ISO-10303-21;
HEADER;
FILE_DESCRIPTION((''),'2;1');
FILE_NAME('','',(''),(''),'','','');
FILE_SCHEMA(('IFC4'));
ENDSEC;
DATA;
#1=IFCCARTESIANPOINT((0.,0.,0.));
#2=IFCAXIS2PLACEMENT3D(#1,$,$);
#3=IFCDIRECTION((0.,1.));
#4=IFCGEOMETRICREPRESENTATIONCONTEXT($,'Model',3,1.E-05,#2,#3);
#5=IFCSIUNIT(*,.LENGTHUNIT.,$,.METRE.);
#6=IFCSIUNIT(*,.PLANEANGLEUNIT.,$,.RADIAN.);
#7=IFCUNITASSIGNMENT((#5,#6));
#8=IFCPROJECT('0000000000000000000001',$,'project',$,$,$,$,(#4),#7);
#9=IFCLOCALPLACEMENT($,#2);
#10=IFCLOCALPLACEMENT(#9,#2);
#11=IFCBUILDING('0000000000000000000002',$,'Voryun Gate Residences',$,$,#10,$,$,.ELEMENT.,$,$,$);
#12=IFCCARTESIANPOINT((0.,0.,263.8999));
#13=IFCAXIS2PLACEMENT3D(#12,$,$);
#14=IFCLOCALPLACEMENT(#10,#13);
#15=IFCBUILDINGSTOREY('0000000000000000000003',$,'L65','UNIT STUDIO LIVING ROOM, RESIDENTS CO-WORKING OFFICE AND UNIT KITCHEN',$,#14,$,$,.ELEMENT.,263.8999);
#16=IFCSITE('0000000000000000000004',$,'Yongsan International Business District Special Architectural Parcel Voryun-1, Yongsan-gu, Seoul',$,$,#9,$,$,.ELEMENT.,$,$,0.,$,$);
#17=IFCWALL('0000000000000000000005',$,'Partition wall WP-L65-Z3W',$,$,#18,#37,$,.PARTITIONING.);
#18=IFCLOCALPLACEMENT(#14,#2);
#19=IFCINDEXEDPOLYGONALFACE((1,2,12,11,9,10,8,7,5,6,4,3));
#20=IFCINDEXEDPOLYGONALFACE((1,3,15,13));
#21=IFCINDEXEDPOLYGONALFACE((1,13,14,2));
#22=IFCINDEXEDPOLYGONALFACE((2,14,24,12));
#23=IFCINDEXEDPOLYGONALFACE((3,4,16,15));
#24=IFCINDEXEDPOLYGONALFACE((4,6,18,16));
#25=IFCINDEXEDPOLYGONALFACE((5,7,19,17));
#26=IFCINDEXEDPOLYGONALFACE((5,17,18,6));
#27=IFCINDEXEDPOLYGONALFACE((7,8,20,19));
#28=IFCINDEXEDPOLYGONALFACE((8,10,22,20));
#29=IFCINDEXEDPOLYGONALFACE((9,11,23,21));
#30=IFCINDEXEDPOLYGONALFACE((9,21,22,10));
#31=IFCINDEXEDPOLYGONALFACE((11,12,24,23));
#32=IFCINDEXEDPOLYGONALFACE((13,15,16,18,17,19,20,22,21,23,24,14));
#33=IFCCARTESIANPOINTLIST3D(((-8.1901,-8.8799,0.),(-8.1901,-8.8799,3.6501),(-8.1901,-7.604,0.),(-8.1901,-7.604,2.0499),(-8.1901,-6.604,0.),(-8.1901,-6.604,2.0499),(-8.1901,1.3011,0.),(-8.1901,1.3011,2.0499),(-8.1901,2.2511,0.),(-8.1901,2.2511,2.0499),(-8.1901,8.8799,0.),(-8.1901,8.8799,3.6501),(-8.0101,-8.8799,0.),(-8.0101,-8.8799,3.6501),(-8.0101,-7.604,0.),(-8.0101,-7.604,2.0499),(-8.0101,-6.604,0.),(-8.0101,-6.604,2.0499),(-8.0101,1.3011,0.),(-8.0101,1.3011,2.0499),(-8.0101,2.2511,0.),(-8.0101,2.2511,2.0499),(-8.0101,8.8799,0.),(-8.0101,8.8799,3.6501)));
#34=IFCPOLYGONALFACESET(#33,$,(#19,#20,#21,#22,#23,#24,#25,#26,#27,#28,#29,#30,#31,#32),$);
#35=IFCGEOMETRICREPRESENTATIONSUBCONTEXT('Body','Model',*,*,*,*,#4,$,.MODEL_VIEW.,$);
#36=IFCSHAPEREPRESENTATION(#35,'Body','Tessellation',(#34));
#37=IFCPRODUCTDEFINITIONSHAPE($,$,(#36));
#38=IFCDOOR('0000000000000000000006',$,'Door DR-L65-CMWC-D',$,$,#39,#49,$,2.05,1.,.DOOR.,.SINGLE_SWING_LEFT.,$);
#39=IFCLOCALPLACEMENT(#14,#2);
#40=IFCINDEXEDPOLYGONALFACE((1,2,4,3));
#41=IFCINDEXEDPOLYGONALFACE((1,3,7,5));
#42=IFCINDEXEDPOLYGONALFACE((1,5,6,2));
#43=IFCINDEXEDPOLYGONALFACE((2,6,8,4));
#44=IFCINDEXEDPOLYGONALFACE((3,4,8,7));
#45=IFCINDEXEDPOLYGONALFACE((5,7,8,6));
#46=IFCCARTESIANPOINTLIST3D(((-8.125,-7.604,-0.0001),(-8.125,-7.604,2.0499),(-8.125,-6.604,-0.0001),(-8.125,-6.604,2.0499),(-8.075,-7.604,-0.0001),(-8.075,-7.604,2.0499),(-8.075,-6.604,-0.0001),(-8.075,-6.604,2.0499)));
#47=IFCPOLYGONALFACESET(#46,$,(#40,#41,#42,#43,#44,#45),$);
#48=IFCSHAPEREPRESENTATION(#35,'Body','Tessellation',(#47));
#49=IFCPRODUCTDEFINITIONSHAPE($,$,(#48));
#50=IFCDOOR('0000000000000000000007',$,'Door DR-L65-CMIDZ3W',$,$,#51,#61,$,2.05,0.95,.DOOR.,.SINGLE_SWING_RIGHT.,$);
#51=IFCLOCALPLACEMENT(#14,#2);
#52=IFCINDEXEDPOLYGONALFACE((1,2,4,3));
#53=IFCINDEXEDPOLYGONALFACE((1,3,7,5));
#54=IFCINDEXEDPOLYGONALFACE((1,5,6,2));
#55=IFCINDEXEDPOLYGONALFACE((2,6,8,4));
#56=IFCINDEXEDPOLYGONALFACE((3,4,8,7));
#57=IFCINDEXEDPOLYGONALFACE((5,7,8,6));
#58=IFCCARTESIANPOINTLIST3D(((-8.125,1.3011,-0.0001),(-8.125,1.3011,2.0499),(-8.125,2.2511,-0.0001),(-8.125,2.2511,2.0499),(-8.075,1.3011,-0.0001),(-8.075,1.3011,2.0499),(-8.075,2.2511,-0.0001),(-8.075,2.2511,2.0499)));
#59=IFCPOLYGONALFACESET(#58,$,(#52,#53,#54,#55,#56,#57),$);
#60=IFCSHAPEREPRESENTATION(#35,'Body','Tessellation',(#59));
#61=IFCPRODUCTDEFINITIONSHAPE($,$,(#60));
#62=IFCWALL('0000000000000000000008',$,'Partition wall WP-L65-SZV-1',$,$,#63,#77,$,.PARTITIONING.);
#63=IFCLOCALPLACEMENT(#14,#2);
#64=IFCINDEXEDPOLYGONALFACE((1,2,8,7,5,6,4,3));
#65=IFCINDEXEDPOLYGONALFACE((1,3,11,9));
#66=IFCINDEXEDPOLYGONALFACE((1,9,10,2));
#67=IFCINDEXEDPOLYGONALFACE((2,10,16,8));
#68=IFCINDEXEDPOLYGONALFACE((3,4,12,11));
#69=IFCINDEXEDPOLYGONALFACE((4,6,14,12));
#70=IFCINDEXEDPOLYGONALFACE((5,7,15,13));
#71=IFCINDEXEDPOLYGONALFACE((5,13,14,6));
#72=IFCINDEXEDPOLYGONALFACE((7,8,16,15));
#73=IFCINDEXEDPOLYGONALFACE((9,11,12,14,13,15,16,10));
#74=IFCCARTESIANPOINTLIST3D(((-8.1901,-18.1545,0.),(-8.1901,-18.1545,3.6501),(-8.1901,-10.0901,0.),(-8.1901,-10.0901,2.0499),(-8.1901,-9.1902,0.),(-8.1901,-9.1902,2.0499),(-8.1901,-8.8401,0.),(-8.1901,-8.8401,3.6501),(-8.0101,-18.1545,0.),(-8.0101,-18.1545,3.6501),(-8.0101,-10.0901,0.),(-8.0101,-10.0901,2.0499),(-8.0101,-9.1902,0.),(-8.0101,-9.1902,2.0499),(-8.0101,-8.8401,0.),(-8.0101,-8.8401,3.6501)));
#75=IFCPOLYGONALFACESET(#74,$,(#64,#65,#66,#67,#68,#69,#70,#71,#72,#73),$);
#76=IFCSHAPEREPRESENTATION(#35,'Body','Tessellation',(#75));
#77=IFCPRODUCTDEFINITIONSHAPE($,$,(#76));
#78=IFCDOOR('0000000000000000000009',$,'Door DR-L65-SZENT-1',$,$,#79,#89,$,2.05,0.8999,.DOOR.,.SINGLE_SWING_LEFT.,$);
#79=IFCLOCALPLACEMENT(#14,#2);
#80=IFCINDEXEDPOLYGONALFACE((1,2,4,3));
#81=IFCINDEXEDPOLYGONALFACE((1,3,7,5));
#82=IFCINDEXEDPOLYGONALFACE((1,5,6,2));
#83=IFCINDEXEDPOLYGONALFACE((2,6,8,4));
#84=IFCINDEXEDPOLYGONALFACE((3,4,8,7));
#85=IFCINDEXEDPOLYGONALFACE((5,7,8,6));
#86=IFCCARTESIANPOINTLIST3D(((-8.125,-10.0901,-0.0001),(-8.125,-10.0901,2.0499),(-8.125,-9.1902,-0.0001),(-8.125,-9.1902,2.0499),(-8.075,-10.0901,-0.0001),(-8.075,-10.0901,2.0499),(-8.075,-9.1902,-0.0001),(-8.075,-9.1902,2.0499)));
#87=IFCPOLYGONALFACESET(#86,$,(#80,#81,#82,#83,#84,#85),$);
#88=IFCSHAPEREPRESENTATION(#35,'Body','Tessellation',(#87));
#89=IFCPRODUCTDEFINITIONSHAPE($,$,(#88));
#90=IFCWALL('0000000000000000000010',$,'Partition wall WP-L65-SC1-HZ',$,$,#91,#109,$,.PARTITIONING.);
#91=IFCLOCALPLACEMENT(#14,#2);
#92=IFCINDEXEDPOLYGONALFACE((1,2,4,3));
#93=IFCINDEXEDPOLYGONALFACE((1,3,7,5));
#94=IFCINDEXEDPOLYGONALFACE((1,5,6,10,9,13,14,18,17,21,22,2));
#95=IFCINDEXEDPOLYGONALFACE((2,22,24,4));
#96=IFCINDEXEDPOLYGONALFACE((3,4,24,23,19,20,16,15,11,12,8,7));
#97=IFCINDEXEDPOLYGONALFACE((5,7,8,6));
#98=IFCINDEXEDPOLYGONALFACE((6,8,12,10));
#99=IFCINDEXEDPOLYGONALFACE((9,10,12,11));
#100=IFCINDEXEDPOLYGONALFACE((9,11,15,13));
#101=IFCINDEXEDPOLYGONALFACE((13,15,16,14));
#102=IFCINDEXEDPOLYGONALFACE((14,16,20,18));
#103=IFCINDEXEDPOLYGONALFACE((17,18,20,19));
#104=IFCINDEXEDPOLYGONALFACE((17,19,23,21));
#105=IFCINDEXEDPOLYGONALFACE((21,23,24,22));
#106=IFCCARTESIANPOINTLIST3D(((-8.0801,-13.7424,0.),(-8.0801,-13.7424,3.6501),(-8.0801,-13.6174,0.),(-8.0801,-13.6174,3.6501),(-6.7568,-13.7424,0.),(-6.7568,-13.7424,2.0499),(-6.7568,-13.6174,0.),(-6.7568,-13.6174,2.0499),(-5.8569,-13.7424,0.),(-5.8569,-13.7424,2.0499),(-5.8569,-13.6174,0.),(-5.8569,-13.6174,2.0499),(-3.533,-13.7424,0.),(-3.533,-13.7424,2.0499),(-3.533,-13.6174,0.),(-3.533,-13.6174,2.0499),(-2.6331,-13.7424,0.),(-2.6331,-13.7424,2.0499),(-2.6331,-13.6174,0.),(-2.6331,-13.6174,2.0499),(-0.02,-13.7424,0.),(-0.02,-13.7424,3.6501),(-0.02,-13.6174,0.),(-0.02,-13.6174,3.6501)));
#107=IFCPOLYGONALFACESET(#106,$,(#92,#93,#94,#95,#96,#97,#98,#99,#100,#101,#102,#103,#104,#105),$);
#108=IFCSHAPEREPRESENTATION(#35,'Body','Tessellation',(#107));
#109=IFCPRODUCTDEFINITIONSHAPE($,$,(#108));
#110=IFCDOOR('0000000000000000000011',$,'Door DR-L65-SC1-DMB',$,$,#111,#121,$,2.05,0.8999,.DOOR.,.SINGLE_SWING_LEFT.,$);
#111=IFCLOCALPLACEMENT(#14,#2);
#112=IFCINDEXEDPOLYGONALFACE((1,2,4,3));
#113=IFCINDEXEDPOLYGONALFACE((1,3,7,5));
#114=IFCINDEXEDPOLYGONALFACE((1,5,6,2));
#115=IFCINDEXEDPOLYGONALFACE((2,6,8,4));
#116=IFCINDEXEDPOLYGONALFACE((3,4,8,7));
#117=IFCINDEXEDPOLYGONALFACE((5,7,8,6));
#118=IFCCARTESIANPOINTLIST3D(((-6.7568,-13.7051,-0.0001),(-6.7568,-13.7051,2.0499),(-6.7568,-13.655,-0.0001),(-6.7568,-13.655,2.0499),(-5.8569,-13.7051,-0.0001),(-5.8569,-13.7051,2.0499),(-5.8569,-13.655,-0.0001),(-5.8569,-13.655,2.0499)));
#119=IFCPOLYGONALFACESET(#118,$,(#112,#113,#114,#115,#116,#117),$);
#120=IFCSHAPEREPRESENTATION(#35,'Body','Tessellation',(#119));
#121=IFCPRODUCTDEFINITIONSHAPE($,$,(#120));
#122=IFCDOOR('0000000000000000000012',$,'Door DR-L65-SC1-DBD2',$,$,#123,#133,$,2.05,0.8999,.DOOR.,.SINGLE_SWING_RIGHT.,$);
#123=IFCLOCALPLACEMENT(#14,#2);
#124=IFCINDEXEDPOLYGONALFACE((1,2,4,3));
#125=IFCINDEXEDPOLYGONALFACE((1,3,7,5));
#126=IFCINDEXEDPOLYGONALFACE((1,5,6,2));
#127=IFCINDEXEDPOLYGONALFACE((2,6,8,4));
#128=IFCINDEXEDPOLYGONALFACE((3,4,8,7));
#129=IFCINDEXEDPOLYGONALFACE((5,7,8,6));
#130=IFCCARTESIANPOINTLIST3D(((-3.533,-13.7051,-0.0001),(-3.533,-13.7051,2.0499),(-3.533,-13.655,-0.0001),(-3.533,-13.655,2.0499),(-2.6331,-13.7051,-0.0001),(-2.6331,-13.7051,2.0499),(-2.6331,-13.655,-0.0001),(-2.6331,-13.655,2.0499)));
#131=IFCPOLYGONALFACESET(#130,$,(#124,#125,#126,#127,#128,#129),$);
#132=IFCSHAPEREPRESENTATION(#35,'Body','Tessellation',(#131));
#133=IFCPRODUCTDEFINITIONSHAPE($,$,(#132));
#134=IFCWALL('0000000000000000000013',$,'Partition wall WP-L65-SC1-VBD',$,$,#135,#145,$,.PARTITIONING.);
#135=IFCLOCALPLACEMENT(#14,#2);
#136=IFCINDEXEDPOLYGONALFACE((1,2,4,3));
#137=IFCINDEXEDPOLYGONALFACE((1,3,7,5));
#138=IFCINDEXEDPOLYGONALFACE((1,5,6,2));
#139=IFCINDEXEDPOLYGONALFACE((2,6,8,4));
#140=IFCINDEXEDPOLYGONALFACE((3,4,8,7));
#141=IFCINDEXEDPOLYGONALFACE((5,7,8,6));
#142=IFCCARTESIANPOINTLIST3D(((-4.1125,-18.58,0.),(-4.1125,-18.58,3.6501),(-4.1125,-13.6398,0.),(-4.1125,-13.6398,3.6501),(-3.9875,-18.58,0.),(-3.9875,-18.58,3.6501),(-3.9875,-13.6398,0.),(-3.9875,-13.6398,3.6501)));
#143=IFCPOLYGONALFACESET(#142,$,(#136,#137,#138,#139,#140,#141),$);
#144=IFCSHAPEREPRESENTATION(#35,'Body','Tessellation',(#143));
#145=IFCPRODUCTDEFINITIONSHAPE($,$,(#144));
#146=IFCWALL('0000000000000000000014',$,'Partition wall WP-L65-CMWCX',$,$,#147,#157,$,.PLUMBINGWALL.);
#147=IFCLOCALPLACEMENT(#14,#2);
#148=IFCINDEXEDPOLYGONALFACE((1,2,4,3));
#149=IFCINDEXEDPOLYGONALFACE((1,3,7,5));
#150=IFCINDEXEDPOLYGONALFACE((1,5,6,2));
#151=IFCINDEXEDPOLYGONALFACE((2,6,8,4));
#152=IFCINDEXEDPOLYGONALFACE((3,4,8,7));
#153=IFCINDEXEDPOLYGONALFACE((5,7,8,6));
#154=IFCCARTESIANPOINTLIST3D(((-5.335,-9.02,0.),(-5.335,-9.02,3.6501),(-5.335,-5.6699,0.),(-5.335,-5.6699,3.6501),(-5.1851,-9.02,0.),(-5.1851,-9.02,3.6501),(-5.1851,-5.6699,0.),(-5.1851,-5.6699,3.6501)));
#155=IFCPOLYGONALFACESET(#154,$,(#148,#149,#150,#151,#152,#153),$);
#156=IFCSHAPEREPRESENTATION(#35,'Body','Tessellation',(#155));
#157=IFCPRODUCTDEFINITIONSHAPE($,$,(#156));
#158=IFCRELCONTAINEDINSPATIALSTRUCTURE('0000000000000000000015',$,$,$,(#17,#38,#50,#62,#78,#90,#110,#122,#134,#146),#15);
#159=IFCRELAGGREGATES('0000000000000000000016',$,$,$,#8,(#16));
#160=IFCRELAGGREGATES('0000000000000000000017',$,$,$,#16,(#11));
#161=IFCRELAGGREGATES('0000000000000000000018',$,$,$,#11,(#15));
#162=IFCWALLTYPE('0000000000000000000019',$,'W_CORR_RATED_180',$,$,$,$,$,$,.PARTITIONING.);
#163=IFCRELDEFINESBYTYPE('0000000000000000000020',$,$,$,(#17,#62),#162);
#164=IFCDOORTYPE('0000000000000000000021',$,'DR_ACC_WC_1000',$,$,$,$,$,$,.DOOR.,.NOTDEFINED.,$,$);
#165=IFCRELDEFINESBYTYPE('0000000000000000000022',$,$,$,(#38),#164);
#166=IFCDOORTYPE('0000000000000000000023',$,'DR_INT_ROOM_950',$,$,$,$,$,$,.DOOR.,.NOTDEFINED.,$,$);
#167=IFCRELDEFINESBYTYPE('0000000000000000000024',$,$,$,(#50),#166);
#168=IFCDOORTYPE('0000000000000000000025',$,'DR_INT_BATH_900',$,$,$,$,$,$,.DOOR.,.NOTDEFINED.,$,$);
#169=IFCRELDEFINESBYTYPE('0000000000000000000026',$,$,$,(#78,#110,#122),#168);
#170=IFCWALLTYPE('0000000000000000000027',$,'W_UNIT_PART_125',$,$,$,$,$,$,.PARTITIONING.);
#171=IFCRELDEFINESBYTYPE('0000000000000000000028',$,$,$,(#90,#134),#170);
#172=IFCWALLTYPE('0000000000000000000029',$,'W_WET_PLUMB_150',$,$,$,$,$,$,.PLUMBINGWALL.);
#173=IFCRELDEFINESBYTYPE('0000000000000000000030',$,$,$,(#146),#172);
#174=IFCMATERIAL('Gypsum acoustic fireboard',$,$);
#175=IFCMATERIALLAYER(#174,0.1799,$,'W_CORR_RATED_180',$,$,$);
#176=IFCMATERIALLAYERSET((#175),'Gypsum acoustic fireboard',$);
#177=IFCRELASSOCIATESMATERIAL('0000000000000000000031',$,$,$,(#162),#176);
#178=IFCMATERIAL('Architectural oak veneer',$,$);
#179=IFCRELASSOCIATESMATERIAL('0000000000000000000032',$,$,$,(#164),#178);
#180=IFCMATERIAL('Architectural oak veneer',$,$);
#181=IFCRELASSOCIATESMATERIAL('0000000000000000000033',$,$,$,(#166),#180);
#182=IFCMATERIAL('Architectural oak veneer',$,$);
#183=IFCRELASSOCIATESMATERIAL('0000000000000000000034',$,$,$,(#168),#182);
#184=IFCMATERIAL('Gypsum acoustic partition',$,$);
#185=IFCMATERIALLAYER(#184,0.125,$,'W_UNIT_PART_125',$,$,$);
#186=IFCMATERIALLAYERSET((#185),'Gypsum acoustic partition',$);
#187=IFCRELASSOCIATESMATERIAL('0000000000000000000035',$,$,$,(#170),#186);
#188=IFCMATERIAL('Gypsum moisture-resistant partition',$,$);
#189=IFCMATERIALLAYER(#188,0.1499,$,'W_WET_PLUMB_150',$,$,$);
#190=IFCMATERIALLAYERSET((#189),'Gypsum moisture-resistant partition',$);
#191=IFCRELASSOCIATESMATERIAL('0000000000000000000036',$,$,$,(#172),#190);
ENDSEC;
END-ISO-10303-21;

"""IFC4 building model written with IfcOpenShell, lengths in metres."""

from ifc_helpers import new_model, si_unit, direction, frame, frame_2d, origin, place, context, subcontext, project, spatial, rectangle, extrude, material, layer, layer_set, type_object, element, fill, save


model = new_model("IFC4")

# Units and contexts
model_context = context("Model", 3, precision=1e-05, world=origin(), true_north=direction((0.0, 1.0)))
body_context = subcontext(model_context, "Body", "Model", "MODEL_VIEW")
ifc_project = project(units=[si_unit("LENGTHUNIT", "METRE"), si_unit("PLANEANGLEUNIT", "RADIAN")], contexts=[model_context])

# Site, building, storey
site_placement = place(None, origin())
site = spatial("IfcSite", under=ifc_project, at=site_placement, Name="Yongsan International Business District Special Architectural Parcel Voryun-1, Yongsan-gu, Seoul", CompositionType="ELEMENT", RefElevation=0.0)
building_placement = place(site_placement, origin())
building = spatial("IfcBuilding", under=site, at=building_placement, Name="Voryun Gate Residences", CompositionType="ELEMENT")
storey_placement = place(building_placement, frame((0.0, 0.0, 263.8999)))
storey = spatial("IfcBuildingStorey", under=building, at=storey_placement, Name="L65", Description="UNIT STUDIO LIVING ROOM, RESIDENTS CO-WORKING OFFICE AND UNIT KITCHEN", CompositionType="ELEMENT", Elevation=263.8999)

# Shared definitions
ifc_material_1 = material(Name="Gypsum acoustic fireboard")
ifc_layer_1 = layer(ifc_material_1, 0.1799, Name="W_CORR_RATED_180")
ifc_layer_set_1 = layer_set([ifc_layer_1], Name="Gypsum acoustic fireboard")
wall_type_1 = type_object("IfcWallType", Name="W_CORR_RATED_180", PredefinedType="PARTITIONING", material=ifc_layer_set_1)

# Wall, openings, doors
wall_1_placement = place(storey_placement, frame((-8.1001, -8.8799, 0.0), z_axis=(0.0, 0.0, 1.0), x_axis=(0.0, 1.0, 0.0)))
wall_1 = element("IfcWall", 1, at=wall_1_placement, inside=storey, type_object=wall_type_1, Name="Partition wall WP-L65-Z3W", PredefinedType="PARTITIONING", context=body_context, shape_type="SweptSolid", body=[
    extrude(rectangle(XDim=17.7598, YDim=0.1799, at=frame_2d((8.8799, 0.0))), origin(), (0.0, 0.0, 1.0), 3.6501),
])
opening_1_placement = place(wall_1_placement, frame((1.2759, 0.0, 0.0)))
opening_1 = element("IfcOpeningElement", 2, at=opening_1_placement, cuts=wall_1, PredefinedType="OPENING", context=body_context, shape_type="SweptSolid", body=[
    extrude(rectangle(XDim=1.0, YDim=2.05, at=frame_2d((0.5, 1.0249))), frame((0.0, 0.0999, 0.0), z_axis=(0.0, -1.0, 0.0), x_axis=(1.0, 0.0, 0.0)), (0.0, 0.0, 1.0), 0.2),
])
opening_2_placement = place(wall_1_placement, frame((10.1809, 0.0, 0.0)))
opening_2 = element("IfcOpeningElement", 3, at=opening_2_placement, cuts=wall_1, PredefinedType="OPENING", context=body_context, shape_type="SweptSolid", body=[
    extrude(rectangle(XDim=0.95, YDim=2.05, at=frame_2d((0.4751, 1.0249))), frame((0.0, 0.0999, 0.0), z_axis=(0.0, -1.0, 0.0), x_axis=(1.0, 0.0, 0.0)), (0.0, 0.0, 1.0), 0.2),
])
ifc_material_2 = material(Name="Architectural oak veneer")
door_type_1 = type_object("IfcDoorType", Name="DR_ACC_WC_1000", OperationType="NOTDEFINED", PredefinedType="DOOR", material=ifc_material_2)
door_1_placement = place(opening_1_placement, origin())
door_1 = element("IfcDoor", 4, at=door_1_placement, inside=storey, type_object=door_type_1, Name="Door DR-L65-CMWC-D", OperationType="SINGLE_SWING_LEFT", OverallHeight=2.05, OverallWidth=1.0, PredefinedType="DOOR", context=body_context, shape_type="SweptSolid", body=[
    extrude(rectangle(XDim=1.0, YDim=2.05, at=frame_2d((0.5, 1.0249))), frame((0.0, 0.0249, 0.0), z_axis=(0.0, -1.0, 0.0), x_axis=(1.0, 0.0, 0.0)), (0.0, 0.0, 1.0), 0.05),
])
fill(opening_1, door_1)
ifc_material_3 = material(Name="Architectural oak veneer")
door_type_2 = type_object("IfcDoorType", Name="DR_INT_ROOM_950", OperationType="NOTDEFINED", PredefinedType="DOOR", material=ifc_material_3)
door_2_placement = place(opening_2_placement, origin())
door_2 = element("IfcDoor", 5, at=door_2_placement, inside=storey, type_object=door_type_2, Name="Door DR-L65-CMIDZ3W", OperationType="SINGLE_SWING_RIGHT", OverallHeight=2.05, OverallWidth=0.95, PredefinedType="DOOR", context=body_context, shape_type="SweptSolid", body=[
    extrude(rectangle(XDim=0.95, YDim=2.05, at=frame_2d((0.4751, 1.0249))), frame((0.0, 0.0249, 0.0), z_axis=(0.0, -1.0, 0.0), x_axis=(1.0, 0.0, 0.0)), (0.0, 0.0, 1.0), 0.05),
])
fill(opening_2, door_2)

# Wall, opening, door
wall_2_placement = place(storey_placement, frame((-8.1001, -18.1545, 0.0), z_axis=(0.0, 0.0, 1.0), x_axis=(0.0, 1.0, 0.0)))
wall_2 = element("IfcWall", 6, at=wall_2_placement, inside=storey, type_object=wall_type_1, Name="Partition wall WP-L65-SZV-1", PredefinedType="PARTITIONING", context=body_context, shape_type="SweptSolid", body=[
    extrude(rectangle(XDim=9.3145, YDim=0.1799, at=frame_2d((4.6572, 0.0))), origin(), (0.0, 0.0, 1.0), 3.6501),
])
opening_3_placement = place(wall_2_placement, frame((8.0645, 0.0, 0.0)))
opening_3 = element("IfcOpeningElement", 7, at=opening_3_placement, cuts=wall_2, PredefinedType="OPENING", context=body_context, shape_type="SweptSolid", body=[
    extrude(rectangle(XDim=0.8999, YDim=2.05, at=frame_2d((0.45, 1.0249))), frame((0.0, 0.0999, 0.0), z_axis=(0.0, -1.0, 0.0), x_axis=(1.0, 0.0, 0.0)), (0.0, 0.0, 1.0), 0.2),
])
ifc_material_4 = material(Name="Architectural oak veneer")
door_type_3 = type_object("IfcDoorType", Name="DR_INT_BATH_900", OperationType="NOTDEFINED", PredefinedType="DOOR", material=ifc_material_4)
door_3_placement = place(opening_3_placement, origin())
door_3 = element("IfcDoor", 8, at=door_3_placement, inside=storey, type_object=door_type_3, Name="Door DR-L65-SZENT-1", OperationType="SINGLE_SWING_LEFT", OverallHeight=2.05, OverallWidth=0.8999, PredefinedType="DOOR", context=body_context, shape_type="SweptSolid", body=[
    extrude(rectangle(XDim=0.8999, YDim=2.05, at=frame_2d((0.45, 1.0249))), frame((0.0, 0.0249, 0.0), z_axis=(0.0, -1.0, 0.0), x_axis=(1.0, 0.0, 0.0)), (0.0, 0.0, 1.0), 0.05),
])
fill(opening_3, door_3)

# Wall, openings, doors
ifc_material_5 = material(Name="Gypsum acoustic partition")
ifc_layer_2 = layer(ifc_material_5, 0.125, Name="W_UNIT_PART_125")
ifc_layer_set_2 = layer_set([ifc_layer_2], Name="Gypsum acoustic partition")
wall_type_2 = type_object("IfcWallType", Name="W_UNIT_PART_125", PredefinedType="PARTITIONING", material=ifc_layer_set_2)
wall_3_placement = place(storey_placement, frame((-8.0801, -13.6799, 0.0), z_axis=(0.0, 0.0, 1.0), x_axis=(1.0, 0.0, 0.0)))
wall_3 = element("IfcWall", 9, at=wall_3_placement, inside=storey, type_object=wall_type_2, Name="Partition wall WP-L65-SC1-HZ", PredefinedType="PARTITIONING", context=body_context, shape_type="SweptSolid", body=[
    extrude(rectangle(XDim=8.0601, YDim=0.125, at=frame_2d((4.03, 0.0))), origin(), (0.0, 0.0, 1.0), 3.6501),
])
opening_4_placement = place(wall_3_placement, frame((1.3232, 0.0, 0.0)))
opening_4 = element("IfcOpeningElement", 10, at=opening_4_placement, cuts=wall_3, PredefinedType="OPENING", context=body_context, shape_type="SweptSolid", body=[
    extrude(rectangle(XDim=0.8999, YDim=2.05, at=frame_2d((0.45, 1.0249))), frame((0.0, 0.0725, 0.0), z_axis=(0.0, -1.0, 0.0), x_axis=(1.0, 0.0, 0.0)), (0.0, 0.0, 1.0), 0.145),
])
opening_5_placement = place(wall_3_placement, frame((4.5471, 0.0, 0.0)))
opening_5 = element("IfcOpeningElement", 11, at=opening_5_placement, cuts=wall_3, PredefinedType="OPENING", context=body_context, shape_type="SweptSolid", body=[
    extrude(rectangle(XDim=0.8999, YDim=2.05, at=frame_2d((0.45, 1.0249))), frame((0.0, 0.0725, 0.0), z_axis=(0.0, -1.0, 0.0), x_axis=(1.0, 0.0, 0.0)), (0.0, 0.0, 1.0), 0.145),
])
door_4_placement = place(opening_4_placement, origin())
door_4 = element("IfcDoor", 12, at=door_4_placement, inside=storey, type_object=door_type_3, Name="Door DR-L65-SC1-DMB", OperationType="SINGLE_SWING_LEFT", OverallHeight=2.05, OverallWidth=0.8999, PredefinedType="DOOR", context=body_context, shape_type="SweptSolid", body=[
    extrude(rectangle(XDim=0.8999, YDim=2.05, at=frame_2d((0.45, 1.0249))), frame((0.0, 0.0249, 0.0), z_axis=(0.0, -1.0, 0.0), x_axis=(1.0, 0.0, 0.0)), (0.0, 0.0, 1.0), 0.05),
])
fill(opening_4, door_4)
door_5_placement = place(opening_5_placement, origin())
door_5 = element("IfcDoor", 13, at=door_5_placement, inside=storey, type_object=door_type_3, Name="Door DR-L65-SC1-DBD2", OperationType="SINGLE_SWING_RIGHT", OverallHeight=2.05, OverallWidth=0.8999, PredefinedType="DOOR", context=body_context, shape_type="SweptSolid", body=[
    extrude(rectangle(XDim=0.8999, YDim=2.05, at=frame_2d((0.45, 1.0249))), frame((0.0, 0.0249, 0.0), z_axis=(0.0, -1.0, 0.0), x_axis=(1.0, 0.0, 0.0)), (0.0, 0.0, 1.0), 0.05),
])
fill(opening_5, door_5)

# Walls
wall_4_placement = place(storey_placement, frame((-4.05, -18.5801, 0.0), z_axis=(0.0, 0.0, 1.0), x_axis=(0.0, 1.0, 0.0)))
element("IfcWall", 14, at=wall_4_placement, inside=storey, type_object=wall_type_2, Name="Partition wall WP-L65-SC1-VBD", PredefinedType="PARTITIONING", context=body_context, shape_type="SweptSolid", body=[
    extrude(rectangle(XDim=4.9402, YDim=0.125, at=frame_2d((2.4702, 0.0))), origin(), (0.0, 0.0, 1.0), 3.6501),
])
ifc_material_6 = material(Name="Gypsum moisture-resistant partition")
ifc_layer_3 = layer(ifc_material_6, 0.1499, Name="W_WET_PLUMB_150")
ifc_layer_set_3 = layer_set([ifc_layer_3], Name="Gypsum moisture-resistant partition")
wall_type_3 = type_object("IfcWallType", Name="W_WET_PLUMB_150", PredefinedType="PLUMBINGWALL", material=ifc_layer_set_3)
wall_5_placement = place(storey_placement, frame((-5.26, -9.02, 0.0), z_axis=(0.0, 0.0, 1.0), x_axis=(0.0, 1.0, 0.0)))
element("IfcWall", 15, at=wall_5_placement, inside=storey, type_object=wall_type_3, Name="Partition wall WP-L65-CMWCX", PredefinedType="PLUMBINGWALL", context=body_context, shape_type="SweptSolid", body=[
    extrude(rectangle(XDim=3.3501, YDim=0.1499, at=frame_2d((1.675, 0.0))), origin(), (0.0, 0.0, 1.0), 3.6501),
])

save(model, "model.ifc")
